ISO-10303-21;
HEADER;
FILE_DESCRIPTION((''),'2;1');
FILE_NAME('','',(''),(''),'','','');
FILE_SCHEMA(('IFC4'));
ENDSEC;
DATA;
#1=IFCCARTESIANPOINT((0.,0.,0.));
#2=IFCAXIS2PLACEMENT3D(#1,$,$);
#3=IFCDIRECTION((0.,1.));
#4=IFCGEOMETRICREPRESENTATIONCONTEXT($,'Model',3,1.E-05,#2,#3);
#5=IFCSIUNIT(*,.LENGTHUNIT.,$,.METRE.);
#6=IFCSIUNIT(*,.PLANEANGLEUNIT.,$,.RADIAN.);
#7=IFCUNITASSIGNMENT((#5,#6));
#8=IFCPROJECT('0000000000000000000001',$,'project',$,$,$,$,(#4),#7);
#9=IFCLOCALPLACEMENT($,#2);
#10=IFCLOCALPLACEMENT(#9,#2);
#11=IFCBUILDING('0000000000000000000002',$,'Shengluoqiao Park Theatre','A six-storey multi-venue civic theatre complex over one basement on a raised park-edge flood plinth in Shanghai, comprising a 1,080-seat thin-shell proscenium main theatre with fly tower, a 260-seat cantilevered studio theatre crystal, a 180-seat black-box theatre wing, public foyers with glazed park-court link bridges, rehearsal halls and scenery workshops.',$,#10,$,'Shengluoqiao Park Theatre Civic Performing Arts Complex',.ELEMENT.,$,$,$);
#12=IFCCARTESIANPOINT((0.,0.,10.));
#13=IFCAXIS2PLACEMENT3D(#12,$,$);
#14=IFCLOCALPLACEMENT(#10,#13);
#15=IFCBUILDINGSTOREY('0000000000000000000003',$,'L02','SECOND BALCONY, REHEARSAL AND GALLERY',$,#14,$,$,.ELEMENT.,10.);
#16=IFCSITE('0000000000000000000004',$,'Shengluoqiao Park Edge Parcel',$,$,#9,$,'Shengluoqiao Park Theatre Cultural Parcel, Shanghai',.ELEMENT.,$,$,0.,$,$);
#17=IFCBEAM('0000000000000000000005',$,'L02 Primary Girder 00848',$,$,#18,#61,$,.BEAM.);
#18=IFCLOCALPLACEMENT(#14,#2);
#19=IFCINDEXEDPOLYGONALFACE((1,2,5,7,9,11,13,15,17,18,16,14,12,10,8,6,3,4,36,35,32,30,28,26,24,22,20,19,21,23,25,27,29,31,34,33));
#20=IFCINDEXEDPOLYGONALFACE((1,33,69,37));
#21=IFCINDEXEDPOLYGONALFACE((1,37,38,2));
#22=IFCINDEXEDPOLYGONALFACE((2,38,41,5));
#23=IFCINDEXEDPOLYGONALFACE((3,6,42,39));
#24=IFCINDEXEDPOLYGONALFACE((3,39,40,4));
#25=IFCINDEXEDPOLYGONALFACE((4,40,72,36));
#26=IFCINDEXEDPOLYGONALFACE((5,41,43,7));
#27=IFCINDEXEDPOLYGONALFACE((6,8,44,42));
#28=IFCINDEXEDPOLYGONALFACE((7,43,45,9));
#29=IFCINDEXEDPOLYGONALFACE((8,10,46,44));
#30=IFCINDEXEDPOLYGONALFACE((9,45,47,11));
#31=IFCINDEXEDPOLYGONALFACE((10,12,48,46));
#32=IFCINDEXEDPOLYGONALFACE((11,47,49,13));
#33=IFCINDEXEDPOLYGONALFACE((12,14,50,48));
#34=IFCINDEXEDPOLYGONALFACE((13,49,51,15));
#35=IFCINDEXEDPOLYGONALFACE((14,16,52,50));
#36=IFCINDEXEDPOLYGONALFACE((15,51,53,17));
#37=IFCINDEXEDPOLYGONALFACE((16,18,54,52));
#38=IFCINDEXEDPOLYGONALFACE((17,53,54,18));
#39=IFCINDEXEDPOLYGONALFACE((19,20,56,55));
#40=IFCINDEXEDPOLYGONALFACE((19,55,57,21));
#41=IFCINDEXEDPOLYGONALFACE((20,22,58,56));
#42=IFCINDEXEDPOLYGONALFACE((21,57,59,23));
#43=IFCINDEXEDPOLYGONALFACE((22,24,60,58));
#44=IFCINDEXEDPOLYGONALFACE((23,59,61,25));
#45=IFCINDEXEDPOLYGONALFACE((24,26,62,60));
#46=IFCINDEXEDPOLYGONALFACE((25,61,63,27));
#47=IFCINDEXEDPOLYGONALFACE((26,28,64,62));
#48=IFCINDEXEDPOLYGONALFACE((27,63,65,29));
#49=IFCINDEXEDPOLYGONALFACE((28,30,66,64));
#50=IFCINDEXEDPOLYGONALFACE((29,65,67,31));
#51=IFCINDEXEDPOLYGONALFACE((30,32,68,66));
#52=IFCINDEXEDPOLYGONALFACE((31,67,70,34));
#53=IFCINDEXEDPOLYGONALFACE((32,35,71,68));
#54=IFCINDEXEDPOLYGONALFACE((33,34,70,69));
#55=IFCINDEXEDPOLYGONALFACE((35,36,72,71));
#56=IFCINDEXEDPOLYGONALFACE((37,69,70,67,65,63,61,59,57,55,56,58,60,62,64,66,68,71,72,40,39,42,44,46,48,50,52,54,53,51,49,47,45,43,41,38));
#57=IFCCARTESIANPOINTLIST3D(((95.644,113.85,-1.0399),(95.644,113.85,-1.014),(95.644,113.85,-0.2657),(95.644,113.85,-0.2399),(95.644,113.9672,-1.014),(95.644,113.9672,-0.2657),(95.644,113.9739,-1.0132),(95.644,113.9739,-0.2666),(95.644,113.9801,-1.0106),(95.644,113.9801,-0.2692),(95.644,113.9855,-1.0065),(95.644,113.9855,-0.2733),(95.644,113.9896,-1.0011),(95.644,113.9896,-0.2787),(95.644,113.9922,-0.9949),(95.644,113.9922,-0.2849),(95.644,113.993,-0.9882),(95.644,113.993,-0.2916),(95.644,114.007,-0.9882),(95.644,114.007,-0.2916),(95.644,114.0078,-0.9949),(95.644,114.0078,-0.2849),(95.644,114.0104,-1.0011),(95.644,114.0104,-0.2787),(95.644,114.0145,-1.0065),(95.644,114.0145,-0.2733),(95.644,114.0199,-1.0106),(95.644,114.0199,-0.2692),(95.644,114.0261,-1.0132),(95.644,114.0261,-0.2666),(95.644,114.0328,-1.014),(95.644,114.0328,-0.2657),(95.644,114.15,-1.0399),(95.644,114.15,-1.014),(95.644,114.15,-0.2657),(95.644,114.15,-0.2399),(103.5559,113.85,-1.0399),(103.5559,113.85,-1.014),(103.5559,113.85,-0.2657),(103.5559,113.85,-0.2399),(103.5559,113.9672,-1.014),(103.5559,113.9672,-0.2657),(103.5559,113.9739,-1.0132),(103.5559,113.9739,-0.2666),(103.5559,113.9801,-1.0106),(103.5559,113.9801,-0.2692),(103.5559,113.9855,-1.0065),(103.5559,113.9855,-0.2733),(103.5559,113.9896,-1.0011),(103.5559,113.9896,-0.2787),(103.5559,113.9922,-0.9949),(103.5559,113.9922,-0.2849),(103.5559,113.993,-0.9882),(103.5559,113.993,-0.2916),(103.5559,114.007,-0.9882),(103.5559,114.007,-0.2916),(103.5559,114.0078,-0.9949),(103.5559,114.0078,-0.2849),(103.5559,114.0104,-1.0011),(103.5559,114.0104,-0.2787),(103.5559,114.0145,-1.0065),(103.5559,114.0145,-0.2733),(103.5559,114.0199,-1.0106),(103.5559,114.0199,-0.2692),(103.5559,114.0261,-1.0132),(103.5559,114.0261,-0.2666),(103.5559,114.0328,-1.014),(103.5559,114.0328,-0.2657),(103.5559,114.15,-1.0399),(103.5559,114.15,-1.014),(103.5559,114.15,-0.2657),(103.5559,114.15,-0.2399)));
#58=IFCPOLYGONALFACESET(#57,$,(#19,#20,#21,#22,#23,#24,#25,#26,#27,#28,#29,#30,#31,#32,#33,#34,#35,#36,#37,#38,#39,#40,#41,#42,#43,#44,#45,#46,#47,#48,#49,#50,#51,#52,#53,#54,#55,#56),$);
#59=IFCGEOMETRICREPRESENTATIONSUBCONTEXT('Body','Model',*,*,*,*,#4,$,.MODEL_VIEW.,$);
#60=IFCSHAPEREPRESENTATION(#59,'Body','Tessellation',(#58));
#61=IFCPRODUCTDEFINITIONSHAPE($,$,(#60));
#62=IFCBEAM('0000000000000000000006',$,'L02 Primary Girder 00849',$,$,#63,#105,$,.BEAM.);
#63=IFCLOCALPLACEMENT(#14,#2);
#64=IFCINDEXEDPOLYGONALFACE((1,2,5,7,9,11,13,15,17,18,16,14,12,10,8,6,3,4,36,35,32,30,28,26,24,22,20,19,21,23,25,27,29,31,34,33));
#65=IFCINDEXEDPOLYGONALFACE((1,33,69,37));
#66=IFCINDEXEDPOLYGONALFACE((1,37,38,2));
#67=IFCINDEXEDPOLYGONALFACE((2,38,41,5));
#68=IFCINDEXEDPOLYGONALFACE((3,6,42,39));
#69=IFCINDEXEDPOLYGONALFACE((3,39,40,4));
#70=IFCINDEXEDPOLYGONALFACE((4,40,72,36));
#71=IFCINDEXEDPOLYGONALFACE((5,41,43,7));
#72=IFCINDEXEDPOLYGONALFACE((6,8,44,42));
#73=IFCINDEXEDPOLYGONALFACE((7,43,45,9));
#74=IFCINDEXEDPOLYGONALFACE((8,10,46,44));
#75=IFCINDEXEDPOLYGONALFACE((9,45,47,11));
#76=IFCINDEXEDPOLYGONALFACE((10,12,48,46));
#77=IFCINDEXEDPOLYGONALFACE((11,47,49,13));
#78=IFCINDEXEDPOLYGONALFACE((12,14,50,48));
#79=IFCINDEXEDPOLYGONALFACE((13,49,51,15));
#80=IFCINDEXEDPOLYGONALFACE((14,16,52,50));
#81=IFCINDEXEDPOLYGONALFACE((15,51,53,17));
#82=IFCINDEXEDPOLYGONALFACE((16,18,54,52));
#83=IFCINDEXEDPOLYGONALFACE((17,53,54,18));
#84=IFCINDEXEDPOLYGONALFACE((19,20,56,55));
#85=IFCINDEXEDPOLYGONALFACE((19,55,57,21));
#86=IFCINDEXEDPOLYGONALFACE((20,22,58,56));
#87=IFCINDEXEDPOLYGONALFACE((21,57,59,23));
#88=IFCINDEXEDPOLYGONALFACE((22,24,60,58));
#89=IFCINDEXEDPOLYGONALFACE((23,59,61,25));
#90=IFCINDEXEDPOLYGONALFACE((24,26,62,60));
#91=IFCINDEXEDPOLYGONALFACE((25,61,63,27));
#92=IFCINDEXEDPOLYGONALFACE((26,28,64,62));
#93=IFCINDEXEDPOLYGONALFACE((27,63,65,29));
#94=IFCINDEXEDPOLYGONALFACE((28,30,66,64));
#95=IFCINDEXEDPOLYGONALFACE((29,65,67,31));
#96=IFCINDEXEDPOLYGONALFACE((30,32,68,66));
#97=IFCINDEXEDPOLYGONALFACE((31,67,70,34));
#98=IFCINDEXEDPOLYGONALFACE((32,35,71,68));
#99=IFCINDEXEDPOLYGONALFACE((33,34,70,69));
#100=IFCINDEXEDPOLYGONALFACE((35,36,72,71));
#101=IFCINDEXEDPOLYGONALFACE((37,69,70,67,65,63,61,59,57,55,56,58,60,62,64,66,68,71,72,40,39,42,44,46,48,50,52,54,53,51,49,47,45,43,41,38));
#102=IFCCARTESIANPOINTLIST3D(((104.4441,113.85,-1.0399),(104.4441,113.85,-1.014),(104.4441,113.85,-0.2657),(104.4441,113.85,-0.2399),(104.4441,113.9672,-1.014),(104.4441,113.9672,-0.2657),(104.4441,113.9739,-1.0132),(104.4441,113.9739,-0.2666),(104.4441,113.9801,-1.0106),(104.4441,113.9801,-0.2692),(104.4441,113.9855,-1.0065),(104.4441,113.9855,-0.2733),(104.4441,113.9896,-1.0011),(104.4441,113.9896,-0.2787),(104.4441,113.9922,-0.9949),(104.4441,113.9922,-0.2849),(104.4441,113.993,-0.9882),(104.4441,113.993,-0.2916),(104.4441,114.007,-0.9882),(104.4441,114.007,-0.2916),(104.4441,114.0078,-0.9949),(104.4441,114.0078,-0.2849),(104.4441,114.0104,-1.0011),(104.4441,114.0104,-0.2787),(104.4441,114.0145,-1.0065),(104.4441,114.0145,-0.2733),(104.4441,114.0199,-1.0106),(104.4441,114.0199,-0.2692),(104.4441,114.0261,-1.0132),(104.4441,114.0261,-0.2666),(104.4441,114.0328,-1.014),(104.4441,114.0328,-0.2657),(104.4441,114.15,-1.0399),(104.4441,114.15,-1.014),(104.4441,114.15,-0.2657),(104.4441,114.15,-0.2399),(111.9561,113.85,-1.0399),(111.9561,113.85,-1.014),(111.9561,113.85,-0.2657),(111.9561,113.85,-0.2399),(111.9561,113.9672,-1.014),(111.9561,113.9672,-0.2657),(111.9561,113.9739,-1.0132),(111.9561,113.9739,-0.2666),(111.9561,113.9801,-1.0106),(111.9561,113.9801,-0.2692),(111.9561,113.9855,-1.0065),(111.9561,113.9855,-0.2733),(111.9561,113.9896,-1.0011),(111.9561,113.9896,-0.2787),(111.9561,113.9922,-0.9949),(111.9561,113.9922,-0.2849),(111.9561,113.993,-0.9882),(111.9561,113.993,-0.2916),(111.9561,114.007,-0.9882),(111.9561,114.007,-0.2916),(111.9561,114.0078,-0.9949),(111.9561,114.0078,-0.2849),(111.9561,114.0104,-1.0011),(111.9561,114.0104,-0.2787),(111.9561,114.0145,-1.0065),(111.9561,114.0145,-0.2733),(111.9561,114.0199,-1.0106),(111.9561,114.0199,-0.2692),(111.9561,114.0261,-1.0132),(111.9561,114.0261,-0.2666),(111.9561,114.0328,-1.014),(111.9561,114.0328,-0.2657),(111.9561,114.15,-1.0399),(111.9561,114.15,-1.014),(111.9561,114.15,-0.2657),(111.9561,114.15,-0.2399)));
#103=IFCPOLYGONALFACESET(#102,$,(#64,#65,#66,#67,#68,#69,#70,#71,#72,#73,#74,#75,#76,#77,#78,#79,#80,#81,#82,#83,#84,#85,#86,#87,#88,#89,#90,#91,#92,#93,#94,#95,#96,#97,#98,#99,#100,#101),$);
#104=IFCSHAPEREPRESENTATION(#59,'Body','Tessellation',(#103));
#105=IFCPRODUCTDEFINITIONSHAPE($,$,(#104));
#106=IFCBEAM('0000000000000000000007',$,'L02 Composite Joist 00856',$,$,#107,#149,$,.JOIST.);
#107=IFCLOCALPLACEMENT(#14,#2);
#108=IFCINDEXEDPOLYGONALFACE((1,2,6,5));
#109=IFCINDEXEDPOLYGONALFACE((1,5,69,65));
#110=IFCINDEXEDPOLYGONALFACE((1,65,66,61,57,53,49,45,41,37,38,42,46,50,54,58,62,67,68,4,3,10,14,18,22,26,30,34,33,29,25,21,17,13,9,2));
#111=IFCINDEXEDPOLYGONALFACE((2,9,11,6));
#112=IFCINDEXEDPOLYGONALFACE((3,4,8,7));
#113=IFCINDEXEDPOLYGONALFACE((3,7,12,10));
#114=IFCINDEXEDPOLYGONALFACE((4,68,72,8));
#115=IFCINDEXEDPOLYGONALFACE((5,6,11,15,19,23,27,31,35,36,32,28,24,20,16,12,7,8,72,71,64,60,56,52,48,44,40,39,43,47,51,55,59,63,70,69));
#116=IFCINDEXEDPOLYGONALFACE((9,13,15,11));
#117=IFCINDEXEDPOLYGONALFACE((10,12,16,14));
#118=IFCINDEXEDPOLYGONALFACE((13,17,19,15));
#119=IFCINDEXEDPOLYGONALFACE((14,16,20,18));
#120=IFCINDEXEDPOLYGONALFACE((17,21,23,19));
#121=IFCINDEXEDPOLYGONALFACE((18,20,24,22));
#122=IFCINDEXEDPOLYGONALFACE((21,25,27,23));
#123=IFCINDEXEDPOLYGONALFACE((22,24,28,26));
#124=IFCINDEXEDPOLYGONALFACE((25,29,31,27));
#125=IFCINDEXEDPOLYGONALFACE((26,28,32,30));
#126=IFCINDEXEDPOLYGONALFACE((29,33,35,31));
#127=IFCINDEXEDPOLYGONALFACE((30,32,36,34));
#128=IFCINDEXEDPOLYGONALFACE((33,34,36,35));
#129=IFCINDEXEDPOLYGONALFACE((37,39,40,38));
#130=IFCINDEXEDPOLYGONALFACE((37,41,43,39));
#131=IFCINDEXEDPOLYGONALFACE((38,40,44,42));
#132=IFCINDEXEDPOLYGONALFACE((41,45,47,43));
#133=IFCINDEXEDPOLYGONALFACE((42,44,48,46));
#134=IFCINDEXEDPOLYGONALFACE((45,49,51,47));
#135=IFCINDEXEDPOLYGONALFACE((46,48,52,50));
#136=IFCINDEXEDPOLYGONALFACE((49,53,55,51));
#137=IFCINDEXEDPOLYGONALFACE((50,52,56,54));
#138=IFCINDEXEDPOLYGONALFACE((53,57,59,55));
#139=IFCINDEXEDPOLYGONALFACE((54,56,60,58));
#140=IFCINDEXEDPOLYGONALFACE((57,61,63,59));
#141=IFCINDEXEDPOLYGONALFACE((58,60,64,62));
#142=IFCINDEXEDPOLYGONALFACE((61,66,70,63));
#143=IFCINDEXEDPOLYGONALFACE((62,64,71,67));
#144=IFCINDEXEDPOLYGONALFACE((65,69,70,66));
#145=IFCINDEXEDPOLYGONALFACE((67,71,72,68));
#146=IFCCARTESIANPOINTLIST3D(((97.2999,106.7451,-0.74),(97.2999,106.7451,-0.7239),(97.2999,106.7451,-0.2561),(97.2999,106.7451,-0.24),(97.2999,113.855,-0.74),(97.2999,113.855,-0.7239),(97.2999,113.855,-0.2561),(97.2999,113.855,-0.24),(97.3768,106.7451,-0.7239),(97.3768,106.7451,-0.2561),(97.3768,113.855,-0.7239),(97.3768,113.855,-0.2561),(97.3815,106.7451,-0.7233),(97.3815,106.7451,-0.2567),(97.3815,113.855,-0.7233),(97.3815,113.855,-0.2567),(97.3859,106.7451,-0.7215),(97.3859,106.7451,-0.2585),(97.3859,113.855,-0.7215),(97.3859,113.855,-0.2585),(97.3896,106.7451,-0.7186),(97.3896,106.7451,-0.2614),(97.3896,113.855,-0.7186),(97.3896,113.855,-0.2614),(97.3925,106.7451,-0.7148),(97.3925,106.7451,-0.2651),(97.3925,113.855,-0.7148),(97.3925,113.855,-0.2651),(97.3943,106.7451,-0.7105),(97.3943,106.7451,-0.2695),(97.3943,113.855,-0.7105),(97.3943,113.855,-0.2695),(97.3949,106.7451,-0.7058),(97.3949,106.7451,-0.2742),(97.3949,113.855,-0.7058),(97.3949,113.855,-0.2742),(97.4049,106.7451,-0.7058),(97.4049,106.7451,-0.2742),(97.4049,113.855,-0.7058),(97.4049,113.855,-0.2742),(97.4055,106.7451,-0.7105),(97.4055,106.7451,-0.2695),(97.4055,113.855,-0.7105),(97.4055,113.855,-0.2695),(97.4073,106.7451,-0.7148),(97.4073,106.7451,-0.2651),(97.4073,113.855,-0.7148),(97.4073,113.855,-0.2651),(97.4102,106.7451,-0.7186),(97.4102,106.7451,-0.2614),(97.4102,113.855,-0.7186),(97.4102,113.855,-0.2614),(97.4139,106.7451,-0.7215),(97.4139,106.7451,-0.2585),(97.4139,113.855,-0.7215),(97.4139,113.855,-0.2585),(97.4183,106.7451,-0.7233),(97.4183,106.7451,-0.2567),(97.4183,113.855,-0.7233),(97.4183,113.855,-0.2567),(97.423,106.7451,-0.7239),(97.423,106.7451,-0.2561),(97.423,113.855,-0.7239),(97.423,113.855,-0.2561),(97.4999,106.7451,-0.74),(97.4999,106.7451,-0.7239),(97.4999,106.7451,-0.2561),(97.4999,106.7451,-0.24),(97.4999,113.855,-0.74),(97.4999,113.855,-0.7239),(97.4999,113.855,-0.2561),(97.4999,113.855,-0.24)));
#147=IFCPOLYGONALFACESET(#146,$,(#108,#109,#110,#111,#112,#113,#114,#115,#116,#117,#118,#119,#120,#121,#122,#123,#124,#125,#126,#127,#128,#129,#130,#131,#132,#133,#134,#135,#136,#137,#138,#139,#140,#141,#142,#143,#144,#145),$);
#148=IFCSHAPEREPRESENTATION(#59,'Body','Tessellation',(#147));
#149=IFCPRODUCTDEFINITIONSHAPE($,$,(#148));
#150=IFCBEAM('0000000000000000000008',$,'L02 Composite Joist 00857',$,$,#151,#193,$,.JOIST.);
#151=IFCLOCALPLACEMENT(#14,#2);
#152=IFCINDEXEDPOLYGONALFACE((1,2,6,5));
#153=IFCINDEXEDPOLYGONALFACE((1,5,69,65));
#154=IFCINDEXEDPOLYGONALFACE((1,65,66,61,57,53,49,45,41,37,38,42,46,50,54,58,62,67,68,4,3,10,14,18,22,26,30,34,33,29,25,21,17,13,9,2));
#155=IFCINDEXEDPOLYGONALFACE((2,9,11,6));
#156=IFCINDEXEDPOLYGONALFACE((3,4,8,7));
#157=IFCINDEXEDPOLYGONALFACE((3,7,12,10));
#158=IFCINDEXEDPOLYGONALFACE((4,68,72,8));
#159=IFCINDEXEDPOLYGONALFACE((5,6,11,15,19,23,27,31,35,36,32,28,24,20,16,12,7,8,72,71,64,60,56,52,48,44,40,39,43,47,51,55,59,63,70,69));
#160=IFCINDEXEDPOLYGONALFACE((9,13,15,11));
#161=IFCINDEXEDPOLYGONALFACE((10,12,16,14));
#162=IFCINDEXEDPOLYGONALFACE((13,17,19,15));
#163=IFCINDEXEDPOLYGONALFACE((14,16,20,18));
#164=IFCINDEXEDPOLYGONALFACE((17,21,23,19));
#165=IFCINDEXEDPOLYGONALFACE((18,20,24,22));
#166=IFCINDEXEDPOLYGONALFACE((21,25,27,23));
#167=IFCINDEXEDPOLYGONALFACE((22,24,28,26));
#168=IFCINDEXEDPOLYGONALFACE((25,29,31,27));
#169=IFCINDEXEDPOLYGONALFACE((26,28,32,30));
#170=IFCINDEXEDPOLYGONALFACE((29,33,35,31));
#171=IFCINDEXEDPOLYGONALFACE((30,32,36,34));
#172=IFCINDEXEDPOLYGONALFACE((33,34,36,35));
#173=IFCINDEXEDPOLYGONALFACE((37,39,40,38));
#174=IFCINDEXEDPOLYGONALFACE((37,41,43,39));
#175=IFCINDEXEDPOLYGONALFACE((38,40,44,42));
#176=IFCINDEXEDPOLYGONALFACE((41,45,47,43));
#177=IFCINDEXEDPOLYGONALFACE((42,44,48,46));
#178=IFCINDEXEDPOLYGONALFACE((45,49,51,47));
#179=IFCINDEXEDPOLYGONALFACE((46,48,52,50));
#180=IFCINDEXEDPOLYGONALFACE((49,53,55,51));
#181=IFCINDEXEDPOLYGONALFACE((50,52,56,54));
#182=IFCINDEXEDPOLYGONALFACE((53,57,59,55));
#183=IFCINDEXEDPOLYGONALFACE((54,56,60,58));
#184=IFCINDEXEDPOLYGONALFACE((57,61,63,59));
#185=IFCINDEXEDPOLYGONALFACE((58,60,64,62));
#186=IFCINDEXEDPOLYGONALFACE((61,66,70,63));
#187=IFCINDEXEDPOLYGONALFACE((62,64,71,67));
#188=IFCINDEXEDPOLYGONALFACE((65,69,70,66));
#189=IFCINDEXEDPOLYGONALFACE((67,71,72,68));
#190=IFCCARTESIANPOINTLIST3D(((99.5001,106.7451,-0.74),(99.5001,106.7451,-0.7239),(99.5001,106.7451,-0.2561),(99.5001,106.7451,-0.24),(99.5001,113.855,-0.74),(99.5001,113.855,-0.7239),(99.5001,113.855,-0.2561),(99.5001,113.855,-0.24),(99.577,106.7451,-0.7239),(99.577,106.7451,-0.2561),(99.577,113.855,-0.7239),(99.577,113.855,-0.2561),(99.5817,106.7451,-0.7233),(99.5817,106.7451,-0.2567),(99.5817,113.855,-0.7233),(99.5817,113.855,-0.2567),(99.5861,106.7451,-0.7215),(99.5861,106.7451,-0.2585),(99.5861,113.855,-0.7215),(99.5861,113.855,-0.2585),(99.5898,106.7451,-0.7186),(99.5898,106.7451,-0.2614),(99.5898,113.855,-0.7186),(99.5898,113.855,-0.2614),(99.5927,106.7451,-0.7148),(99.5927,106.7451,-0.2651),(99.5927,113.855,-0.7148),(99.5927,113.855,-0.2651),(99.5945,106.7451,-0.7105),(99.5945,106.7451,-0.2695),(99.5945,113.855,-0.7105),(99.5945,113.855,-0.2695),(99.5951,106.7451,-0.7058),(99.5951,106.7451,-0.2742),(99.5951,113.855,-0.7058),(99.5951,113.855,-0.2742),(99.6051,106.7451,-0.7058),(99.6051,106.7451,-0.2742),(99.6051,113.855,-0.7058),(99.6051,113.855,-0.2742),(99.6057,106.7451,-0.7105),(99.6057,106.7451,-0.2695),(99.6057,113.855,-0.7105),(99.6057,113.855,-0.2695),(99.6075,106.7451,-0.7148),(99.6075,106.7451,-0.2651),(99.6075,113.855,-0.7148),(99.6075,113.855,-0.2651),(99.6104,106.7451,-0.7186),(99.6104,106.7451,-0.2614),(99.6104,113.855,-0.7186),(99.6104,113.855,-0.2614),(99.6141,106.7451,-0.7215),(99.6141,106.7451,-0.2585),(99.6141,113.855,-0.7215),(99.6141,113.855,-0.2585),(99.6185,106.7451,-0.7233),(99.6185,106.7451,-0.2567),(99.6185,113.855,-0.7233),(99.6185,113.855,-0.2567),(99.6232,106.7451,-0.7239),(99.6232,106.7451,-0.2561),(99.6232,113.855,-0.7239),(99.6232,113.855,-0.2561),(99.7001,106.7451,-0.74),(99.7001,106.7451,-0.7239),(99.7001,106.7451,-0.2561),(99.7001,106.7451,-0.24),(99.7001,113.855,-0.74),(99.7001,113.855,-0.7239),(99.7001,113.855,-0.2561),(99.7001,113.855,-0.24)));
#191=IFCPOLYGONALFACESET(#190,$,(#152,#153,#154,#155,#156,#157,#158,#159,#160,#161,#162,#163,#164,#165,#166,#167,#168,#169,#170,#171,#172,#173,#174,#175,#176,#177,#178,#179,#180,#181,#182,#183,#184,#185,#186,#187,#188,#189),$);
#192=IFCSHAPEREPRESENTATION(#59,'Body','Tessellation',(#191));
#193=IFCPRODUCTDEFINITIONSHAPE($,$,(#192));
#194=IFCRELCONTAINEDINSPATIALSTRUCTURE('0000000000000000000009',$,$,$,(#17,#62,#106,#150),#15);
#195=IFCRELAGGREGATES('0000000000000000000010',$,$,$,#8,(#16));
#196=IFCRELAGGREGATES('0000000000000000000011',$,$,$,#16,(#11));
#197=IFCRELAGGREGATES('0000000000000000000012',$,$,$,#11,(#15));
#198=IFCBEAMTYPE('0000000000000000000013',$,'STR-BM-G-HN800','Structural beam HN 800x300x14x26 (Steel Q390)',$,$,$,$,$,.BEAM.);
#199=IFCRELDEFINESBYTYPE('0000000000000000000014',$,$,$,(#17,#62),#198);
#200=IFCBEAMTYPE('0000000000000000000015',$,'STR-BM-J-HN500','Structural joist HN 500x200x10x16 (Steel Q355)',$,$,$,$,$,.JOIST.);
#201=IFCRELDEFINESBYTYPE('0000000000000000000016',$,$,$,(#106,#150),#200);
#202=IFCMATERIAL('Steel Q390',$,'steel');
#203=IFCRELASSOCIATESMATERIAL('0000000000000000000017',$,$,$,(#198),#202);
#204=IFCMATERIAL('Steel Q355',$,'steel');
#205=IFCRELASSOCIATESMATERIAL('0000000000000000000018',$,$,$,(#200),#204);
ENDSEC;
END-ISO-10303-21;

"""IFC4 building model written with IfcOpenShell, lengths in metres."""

from ifc_helpers import new_model, si_unit, direction, frame, origin, origin_2d, place, context, subcontext, project, spatial, i_section, extrude, material, material_profile, profile_set, type_object, element, save


model = new_model("IFC4")

# Units and contexts
model_context = context("Model", 3, precision=1e-05, world=origin(), true_north=direction((0.0, 1.0)))
body_context = subcontext(model_context, "Body", "Model", "MODEL_VIEW")
ifc_project = project(units=[si_unit("LENGTHUNIT", "METRE"), si_unit("PLANEANGLEUNIT", "RADIAN")], contexts=[model_context])

# Site, building, storey
site_placement = place(None, origin())
site = spatial("IfcSite", under=ifc_project, at=site_placement, Name="Shengluoqiao Park Edge Parcel", LongName="Shengluoqiao Park Theatre Cultural Parcel, Shanghai", CompositionType="ELEMENT", RefElevation=0.0)
building_placement = place(site_placement, origin())
building = spatial("IfcBuilding", under=site, at=building_placement, Name="Shengluoqiao Park Theatre", Description="A six-storey multi-venue civic theatre complex over one basement on a raised park-edge flood plinth in Shanghai, comprising a 1,080-seat thin-shell proscenium main theatre with fly tower, a 260-seat cantilevered studio theatre crystal, a 180-seat black-box theatre wing, public foyers with glazed park-court link bridges, rehearsal halls and scenery workshops.", LongName="Shengluoqiao Park Theatre Civic Performing Arts Complex", CompositionType="ELEMENT")
storey_placement = place(building_placement, frame((0.0, 0.0, 10.0)))
storey = spatial("IfcBuildingStorey", under=building, at=storey_placement, Name="L02", Description="SECOND BALCONY, REHEARSAL AND GALLERY", CompositionType="ELEMENT", Elevation=10.0)

# Beams
ifc_material_1 = material(Name="Steel Q355", Category="steel")
ifc_material_2 = material(Name="Steel Q390", Category="steel")
ifc_material_profile_1 = material_profile(ifc_material_2, i_section(OverallWidth=0.3, OverallDepth=0.8, WebThickness=0.0139, FlangeThickness=0.0259, FilletRadius=0.0259, at=origin_2d()), Name="HN 800x300x14x26")
ifc_profile_set_1 = profile_set([ifc_material_profile_1], Name="Steel Q390")
beam_type_1 = type_object("IfcBeamType", Name="STR-BM-G-HN800", Description="Structural beam HN 800x300x14x26 (Steel Q390)", PredefinedType="BEAM", material=ifc_profile_set_1)
beam_1_placement = place(storey_placement, frame((95.644, 114.0, -0.6399), z_axis=(1.0, 0.0, 0.0), x_axis=(0.0, 1.0, 0.0)))
element("IfcBeam", 1, at=beam_1_placement, inside=storey, type_object=beam_type_1, Name="L02 Primary Girder 00848", PredefinedType="BEAM", context=body_context, shape_type="SweptSolid", body=[
    extrude(i_section(OverallWidth=0.3, OverallDepth=0.8, WebThickness=0.0139, FlangeThickness=0.0259, FilletRadius=0.0259, at=origin_2d()), origin(), (0.0, 0.0, 1.0), 7.9119),
])
beam_2_placement = place(storey_placement, frame((104.4441, 114.0, -0.6399), z_axis=(1.0, 0.0, 0.0), x_axis=(0.0, 1.0, 0.0)))
element("IfcBeam", 2, at=beam_2_placement, inside=storey, type_object=beam_type_1, Name="L02 Primary Girder 00849", PredefinedType="BEAM", context=body_context, shape_type="SweptSolid", body=[
    extrude(i_section(OverallWidth=0.3, OverallDepth=0.8, WebThickness=0.0139, FlangeThickness=0.0259, FilletRadius=0.0259, at=origin_2d()), origin(), (0.0, 0.0, 1.0), 7.512),
])
ifc_material_profile_2 = material_profile(ifc_material_1, i_section(OverallWidth=0.2, OverallDepth=0.5, WebThickness=0.01, FlangeThickness=0.0161, FilletRadius=0.0181, at=origin_2d()), Name="HN 500x200x10x16")
ifc_profile_set_2 = profile_set([ifc_material_profile_2], Name="Steel Q355")
beam_type_2 = type_object("IfcBeamType", Name="STR-BM-J-HN500", Description="Structural joist HN 500x200x10x16 (Steel Q355)", PredefinedType="JOIST", material=ifc_profile_set_2)
for number, where, z_axis, x_axis, name in (
    (3, (97.3999, 106.7451, -0.49), (0.0, 1.0, 0.0), (-1.0, 0.0, 0.0), "L02 Composite Joist 00856"),
    (4, (99.6001, 106.7451, -0.49), (0.0, 1.0, 0.0), (-1.0, 0.0, 0.0), "L02 Composite Joist 00857"),
):
    element("IfcBeam", number, at=place(storey_placement, frame(where, z_axis=z_axis, x_axis=x_axis)), inside=storey, type_object=beam_type_2, Name=name, PredefinedType="JOIST", context=body_context, shape_type="SweptSolid", body=[
        extrude(i_section(OverallWidth=0.2, OverallDepth=0.5, WebThickness=0.01, FlangeThickness=0.0161, FilletRadius=0.0181, at=origin_2d()), origin(), (0.0, 0.0, 1.0), 7.1099),
    ])

save(model, "model.ifc")
